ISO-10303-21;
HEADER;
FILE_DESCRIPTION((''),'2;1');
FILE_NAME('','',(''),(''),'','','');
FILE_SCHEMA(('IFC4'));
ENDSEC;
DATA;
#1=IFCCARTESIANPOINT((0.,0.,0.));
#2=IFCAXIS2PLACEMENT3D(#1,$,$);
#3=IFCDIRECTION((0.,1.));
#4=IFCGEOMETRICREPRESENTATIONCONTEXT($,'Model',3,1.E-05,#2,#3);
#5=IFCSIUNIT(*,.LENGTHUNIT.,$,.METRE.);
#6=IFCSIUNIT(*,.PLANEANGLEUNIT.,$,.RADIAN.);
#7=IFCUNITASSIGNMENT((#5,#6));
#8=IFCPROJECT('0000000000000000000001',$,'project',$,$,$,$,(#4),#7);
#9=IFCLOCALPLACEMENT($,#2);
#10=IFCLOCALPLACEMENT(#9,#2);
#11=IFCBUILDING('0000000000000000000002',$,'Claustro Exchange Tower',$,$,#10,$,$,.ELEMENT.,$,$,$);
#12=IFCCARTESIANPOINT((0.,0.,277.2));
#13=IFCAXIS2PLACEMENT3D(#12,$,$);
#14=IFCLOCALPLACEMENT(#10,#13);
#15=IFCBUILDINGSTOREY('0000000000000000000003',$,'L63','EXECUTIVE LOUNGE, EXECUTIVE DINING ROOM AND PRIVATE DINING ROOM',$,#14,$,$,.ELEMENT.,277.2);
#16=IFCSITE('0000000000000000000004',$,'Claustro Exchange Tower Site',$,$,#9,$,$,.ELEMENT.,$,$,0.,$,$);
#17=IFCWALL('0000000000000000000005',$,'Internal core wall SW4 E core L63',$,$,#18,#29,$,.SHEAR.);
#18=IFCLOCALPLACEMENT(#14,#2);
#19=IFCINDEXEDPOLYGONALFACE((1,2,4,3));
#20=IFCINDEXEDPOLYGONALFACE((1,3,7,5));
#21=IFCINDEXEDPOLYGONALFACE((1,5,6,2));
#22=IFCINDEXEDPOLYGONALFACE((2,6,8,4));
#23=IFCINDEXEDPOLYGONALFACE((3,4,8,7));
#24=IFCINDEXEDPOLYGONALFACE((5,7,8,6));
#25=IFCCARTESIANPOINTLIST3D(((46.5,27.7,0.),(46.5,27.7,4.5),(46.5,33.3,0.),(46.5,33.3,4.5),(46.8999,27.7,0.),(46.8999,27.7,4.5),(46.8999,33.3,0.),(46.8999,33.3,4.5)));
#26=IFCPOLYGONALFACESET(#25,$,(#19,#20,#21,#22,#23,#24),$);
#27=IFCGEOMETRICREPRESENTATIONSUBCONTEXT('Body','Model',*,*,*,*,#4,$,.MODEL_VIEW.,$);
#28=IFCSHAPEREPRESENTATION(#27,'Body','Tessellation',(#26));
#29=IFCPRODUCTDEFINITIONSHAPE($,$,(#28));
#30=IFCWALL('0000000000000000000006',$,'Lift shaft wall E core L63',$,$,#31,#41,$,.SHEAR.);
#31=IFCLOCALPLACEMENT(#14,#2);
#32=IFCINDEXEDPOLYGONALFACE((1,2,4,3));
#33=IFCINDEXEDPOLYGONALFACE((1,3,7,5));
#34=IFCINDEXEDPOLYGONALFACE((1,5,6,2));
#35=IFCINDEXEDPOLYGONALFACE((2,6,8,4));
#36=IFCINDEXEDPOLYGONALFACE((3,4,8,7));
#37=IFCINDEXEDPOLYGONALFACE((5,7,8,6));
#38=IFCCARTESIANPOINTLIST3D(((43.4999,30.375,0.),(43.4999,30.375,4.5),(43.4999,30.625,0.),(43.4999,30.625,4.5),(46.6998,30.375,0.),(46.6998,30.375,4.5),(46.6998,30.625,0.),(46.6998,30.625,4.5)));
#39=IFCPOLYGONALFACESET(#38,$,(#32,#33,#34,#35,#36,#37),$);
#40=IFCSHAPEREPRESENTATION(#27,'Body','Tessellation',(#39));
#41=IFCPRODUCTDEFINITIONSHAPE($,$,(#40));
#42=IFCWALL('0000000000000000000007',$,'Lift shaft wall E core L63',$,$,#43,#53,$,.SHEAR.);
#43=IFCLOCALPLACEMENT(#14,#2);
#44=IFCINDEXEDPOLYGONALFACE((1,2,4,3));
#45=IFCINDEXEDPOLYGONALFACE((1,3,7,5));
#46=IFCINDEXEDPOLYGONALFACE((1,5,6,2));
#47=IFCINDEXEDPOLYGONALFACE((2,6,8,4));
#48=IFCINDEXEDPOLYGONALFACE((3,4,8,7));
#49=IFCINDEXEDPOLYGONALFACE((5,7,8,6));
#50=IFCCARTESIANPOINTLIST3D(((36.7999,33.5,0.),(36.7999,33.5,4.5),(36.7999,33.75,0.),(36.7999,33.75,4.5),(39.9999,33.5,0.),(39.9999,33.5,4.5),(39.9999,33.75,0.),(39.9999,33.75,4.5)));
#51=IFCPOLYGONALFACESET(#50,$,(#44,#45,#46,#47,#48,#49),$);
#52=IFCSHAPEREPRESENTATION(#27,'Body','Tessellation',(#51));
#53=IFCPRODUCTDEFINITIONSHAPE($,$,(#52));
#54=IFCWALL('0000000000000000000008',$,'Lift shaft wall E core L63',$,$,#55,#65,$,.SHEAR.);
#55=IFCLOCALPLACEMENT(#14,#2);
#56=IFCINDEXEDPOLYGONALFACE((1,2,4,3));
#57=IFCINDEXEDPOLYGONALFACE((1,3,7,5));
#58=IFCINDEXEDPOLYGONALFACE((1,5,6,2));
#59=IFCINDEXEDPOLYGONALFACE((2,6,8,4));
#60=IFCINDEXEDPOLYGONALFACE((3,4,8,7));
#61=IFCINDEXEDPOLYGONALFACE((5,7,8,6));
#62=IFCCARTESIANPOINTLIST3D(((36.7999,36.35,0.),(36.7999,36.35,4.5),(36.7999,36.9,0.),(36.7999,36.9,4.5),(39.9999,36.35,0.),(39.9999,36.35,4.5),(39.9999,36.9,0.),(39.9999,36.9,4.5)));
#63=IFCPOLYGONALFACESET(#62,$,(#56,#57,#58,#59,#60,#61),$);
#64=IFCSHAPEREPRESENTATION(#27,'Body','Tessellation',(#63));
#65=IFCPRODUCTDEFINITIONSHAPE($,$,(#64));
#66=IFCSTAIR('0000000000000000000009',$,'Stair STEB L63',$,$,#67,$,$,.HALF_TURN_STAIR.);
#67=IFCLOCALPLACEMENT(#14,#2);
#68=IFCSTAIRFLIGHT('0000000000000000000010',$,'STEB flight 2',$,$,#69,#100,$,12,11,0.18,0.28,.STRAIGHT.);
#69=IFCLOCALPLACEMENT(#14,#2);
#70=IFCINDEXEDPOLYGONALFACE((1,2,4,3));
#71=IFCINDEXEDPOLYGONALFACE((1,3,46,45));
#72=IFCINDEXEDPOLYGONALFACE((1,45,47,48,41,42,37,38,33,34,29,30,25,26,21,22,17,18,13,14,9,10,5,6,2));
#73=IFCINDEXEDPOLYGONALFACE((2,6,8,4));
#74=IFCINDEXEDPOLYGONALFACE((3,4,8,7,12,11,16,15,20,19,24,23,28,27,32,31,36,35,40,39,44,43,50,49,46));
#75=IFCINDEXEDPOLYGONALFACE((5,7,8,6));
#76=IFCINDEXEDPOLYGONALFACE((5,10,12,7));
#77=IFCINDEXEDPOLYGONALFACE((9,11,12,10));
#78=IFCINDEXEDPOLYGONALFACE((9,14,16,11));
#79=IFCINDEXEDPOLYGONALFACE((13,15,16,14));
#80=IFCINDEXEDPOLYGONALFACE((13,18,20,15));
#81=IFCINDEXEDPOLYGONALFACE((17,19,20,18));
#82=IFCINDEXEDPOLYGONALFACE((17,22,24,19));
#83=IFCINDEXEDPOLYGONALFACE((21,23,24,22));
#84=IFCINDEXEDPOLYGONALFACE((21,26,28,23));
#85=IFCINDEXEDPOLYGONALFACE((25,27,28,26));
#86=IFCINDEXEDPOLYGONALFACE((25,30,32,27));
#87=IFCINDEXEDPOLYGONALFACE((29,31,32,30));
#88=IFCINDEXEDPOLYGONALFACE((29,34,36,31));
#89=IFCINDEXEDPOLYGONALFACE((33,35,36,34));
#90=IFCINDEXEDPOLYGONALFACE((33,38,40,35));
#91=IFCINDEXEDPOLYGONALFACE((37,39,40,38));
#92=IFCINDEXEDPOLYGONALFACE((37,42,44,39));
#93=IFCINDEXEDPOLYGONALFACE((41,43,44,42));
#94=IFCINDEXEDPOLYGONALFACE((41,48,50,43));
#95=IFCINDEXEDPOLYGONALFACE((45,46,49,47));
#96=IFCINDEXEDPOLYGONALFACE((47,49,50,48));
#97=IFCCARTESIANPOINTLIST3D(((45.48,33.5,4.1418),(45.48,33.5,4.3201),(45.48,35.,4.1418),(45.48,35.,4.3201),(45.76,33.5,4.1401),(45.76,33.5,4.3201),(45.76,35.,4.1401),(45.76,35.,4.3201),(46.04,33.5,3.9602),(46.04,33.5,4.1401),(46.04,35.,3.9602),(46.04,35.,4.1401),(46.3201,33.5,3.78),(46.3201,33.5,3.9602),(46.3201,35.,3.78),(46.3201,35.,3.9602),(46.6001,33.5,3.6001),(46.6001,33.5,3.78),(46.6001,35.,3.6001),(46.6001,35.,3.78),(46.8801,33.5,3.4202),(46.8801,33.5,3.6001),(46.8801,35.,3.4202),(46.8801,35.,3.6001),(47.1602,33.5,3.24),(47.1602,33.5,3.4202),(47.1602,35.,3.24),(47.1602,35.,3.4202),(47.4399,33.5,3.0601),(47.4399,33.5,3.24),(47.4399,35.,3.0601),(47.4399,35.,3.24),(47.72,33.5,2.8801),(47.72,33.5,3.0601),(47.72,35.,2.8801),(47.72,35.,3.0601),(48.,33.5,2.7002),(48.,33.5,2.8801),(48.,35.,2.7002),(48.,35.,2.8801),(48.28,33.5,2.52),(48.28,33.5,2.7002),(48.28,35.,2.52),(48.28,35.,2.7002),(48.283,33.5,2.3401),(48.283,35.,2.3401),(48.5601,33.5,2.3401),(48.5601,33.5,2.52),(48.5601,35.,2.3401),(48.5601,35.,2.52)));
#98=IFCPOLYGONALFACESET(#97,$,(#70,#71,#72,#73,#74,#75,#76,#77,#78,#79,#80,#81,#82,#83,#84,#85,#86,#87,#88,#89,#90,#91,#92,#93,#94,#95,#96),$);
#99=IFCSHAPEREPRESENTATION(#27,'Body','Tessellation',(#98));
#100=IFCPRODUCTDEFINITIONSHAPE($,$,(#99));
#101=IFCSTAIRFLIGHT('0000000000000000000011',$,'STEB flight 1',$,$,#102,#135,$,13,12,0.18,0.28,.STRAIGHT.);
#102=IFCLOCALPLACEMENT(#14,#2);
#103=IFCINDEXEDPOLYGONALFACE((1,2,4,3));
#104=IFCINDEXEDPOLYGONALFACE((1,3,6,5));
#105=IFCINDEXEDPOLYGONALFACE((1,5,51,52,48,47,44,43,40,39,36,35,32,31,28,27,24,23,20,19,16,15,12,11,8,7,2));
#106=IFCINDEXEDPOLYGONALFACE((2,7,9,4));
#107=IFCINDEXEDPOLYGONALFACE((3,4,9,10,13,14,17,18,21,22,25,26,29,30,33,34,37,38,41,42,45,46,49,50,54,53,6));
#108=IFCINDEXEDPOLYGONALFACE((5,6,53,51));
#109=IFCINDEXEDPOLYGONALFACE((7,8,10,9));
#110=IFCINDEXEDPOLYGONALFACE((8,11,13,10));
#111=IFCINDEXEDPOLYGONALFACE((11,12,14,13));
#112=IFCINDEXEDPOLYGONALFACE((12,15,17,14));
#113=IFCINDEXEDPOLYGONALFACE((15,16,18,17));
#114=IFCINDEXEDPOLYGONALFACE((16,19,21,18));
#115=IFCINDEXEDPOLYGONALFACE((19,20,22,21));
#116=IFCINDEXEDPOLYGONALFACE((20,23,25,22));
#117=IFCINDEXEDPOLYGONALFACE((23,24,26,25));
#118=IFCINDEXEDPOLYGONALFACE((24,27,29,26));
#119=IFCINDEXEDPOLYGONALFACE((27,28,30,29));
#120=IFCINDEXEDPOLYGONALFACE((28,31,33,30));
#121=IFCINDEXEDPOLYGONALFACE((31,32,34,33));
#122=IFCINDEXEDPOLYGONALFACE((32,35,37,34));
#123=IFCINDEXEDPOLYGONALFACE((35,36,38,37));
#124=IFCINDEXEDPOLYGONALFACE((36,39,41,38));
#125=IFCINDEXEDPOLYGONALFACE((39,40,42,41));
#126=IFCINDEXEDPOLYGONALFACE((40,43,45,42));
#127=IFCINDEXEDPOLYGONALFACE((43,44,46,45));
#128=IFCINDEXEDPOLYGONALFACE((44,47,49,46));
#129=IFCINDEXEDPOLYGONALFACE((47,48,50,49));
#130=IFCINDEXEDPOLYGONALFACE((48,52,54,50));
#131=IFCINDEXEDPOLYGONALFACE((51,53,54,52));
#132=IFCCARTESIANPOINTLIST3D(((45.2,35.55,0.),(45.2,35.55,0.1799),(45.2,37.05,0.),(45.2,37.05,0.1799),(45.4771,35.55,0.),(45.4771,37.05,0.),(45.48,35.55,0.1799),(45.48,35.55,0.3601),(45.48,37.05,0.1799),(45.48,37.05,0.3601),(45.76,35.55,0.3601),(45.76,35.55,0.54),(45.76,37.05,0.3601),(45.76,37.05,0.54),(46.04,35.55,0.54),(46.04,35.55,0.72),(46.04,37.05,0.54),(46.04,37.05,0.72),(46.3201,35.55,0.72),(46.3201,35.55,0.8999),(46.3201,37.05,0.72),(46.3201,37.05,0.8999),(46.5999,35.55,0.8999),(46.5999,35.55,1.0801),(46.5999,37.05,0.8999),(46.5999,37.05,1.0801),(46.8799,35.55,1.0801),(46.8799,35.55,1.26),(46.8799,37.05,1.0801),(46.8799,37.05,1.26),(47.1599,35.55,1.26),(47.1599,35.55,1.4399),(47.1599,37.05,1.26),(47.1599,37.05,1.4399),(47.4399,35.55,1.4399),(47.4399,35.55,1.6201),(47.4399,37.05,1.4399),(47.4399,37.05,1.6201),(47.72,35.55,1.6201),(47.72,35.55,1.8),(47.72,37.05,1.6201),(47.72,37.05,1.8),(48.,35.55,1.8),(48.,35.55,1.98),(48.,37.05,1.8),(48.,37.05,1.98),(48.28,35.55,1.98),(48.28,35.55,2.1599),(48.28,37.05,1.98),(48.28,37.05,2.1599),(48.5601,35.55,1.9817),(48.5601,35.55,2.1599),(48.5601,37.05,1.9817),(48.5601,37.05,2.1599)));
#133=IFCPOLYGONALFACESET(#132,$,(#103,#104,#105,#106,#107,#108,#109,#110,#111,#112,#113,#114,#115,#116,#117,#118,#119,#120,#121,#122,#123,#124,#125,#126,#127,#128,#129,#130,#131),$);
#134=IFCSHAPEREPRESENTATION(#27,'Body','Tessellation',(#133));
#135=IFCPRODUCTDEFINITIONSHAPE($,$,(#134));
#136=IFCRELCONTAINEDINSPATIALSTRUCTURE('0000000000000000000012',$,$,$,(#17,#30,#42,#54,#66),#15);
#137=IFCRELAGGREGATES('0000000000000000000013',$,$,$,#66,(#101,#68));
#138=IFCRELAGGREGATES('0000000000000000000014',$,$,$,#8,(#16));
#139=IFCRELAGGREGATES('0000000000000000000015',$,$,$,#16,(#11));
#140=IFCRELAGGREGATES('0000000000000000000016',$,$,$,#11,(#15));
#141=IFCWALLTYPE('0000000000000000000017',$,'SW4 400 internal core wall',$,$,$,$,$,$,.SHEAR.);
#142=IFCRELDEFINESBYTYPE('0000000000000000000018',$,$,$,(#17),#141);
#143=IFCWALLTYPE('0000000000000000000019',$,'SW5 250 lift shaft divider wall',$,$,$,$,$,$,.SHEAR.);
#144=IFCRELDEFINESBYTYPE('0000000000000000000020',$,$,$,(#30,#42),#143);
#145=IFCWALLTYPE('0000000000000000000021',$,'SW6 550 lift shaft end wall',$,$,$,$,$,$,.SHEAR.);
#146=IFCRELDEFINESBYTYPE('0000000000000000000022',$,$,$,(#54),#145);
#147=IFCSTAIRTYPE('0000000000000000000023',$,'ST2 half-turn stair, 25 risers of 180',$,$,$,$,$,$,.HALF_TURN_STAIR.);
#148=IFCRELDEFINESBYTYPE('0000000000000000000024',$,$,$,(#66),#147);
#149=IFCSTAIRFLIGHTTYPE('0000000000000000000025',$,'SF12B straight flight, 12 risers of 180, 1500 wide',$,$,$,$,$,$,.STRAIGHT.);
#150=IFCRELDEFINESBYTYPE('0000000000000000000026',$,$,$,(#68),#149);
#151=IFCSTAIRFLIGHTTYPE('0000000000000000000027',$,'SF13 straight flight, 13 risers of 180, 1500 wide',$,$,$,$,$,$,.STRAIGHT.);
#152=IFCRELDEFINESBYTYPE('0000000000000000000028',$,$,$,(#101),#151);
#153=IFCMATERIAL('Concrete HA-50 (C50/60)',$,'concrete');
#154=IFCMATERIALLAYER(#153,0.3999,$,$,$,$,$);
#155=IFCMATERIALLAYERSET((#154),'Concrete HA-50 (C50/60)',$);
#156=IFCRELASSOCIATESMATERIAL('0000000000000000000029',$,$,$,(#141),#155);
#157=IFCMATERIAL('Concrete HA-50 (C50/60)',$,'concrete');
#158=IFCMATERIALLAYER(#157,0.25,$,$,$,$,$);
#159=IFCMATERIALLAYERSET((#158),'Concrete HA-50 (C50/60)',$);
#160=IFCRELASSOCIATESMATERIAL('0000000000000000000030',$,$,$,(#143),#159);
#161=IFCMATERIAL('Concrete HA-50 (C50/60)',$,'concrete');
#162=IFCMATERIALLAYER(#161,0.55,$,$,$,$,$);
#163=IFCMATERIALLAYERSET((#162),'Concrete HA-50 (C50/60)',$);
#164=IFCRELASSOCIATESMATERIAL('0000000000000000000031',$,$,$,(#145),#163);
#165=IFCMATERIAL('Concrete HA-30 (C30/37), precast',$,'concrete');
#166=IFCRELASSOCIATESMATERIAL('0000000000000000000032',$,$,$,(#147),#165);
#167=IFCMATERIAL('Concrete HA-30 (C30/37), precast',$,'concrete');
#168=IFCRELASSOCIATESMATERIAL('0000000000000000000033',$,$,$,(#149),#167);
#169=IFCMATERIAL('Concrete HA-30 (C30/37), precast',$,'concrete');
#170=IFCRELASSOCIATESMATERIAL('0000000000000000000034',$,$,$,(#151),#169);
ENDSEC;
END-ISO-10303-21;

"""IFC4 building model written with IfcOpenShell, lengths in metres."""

from ifc_helpers import new_model, si_unit, direction, frame, frame_2d, origin, place, context, subcontext, project, spatial, polyline, rectangle, outline, extrude, material, layer, layer_set, type_object, element, aggregate, save


model = new_model("IFC4")

# Units and contexts
model_context = context("Model", 3, precision=1e-05, world=origin(), true_north=direction((0.0, 1.0)))
body_context = subcontext(model_context, "Body", "Model", "MODEL_VIEW")
ifc_project = project(units=[si_unit("LENGTHUNIT", "METRE"), si_unit("PLANEANGLEUNIT", "RADIAN")], contexts=[model_context])

# Site, building, storey
site_placement = place(None, origin())
site = spatial("IfcSite", under=ifc_project, at=site_placement, Name="Claustro Exchange Tower Site", CompositionType="ELEMENT", RefElevation=0.0)
building_placement = place(site_placement, origin())
building = spatial("IfcBuilding", under=site, at=building_placement, Name="Claustro Exchange Tower", CompositionType="ELEMENT")
storey_placement = place(building_placement, frame((0.0, 0.0, 277.2)))
storey = spatial("IfcBuildingStorey", under=building, at=storey_placement, Name="L63", Description="EXECUTIVE LOUNGE, EXECUTIVE DINING ROOM AND PRIVATE DINING ROOM", CompositionType="ELEMENT", Elevation=277.2)

# Walls
ifc_material_1 = material(Name="Concrete HA-50 (C50/60)", Category="concrete")
ifc_layer_1 = layer(ifc_material_1, 0.3999)
ifc_layer_set_1 = layer_set([ifc_layer_1], Name="Concrete HA-50 (C50/60)")
wall_type_1 = type_object("IfcWallType", Name="SW4 400 internal core wall", PredefinedType="SHEAR", material=ifc_layer_set_1)
wall_1_placement = place(storey_placement, frame((46.7, 27.7, 0.0), z_axis=(0.0, 0.0, 1.0), x_axis=(0.0, 1.0, 0.0)))
element("IfcWall", 1, at=wall_1_placement, inside=storey, type_object=wall_type_1, Name="Internal core wall SW4 E core L63", PredefinedType="SHEAR", context=body_context, shape_type="SweptSolid", body=[
    extrude(rectangle(XDim=5.6001, YDim=0.3999, at=frame_2d((2.8, 0.0))), origin(), (0.0, 0.0, 1.0), 4.5),
])
ifc_material_2 = material(Name="Concrete HA-50 (C50/60)", Category="concrete")
ifc_layer_2 = layer(ifc_material_2, 0.25)
ifc_layer_set_2 = layer_set([ifc_layer_2], Name="Concrete HA-50 (C50/60)")
wall_type_2 = type_object("IfcWallType", Name="SW5 250 lift shaft divider wall", PredefinedType="SHEAR", material=ifc_layer_set_2)
for number, where, z_axis, x_axis, name in (
    (2, (46.7, 30.5, 0.0), (0.0, 0.0, 1.0), (-1.0, 0.0, 0.0), "Lift shaft wall E core L63"),
    (3, (40.0, 33.625, 0.0), (0.0, 0.0, 1.0), (-1.0, 0.0, 0.0), "Lift shaft wall E core L63"),
):
    element("IfcWall", number, at=place(storey_placement, frame(where, z_axis=z_axis, x_axis=x_axis)), inside=storey, type_object=wall_type_2, Name=name, PredefinedType="SHEAR", context=body_context, shape_type="SweptSolid", body=[
        extrude(rectangle(XDim=3.2, YDim=0.25, at=frame_2d((1.6001, 0.0))), origin(), (0.0, 0.0, 1.0), 4.5),
    ])
ifc_material_3 = material(Name="Concrete HA-50 (C50/60)", Category="concrete")
ifc_layer_3 = layer(ifc_material_3, 0.55)
ifc_layer_set_3 = layer_set([ifc_layer_3], Name="Concrete HA-50 (C50/60)")
wall_type_3 = type_object("IfcWallType", Name="SW6 550 lift shaft end wall", PredefinedType="SHEAR", material=ifc_layer_set_3)
wall_2_placement = place(storey_placement, frame((40.0, 36.625, 0.0), z_axis=(0.0, 0.0, 1.0), x_axis=(-1.0, 0.0, 0.0)))
element("IfcWall", 4, at=wall_2_placement, inside=storey, type_object=wall_type_3, Name="Lift shaft wall E core L63", PredefinedType="SHEAR", context=body_context, shape_type="SweptSolid", body=[
    extrude(rectangle(XDim=3.2, YDim=0.55, at=frame_2d((1.6001, 0.0))), origin(), (0.0, 0.0, 1.0), 4.5),
])

# Stair, stair flights
ifc_material_4 = material(Name="Concrete HA-30 (C30/37), precast", Category="concrete")
stair_type = type_object("IfcStairType", Name="ST2 half-turn stair, 25 risers of 180", PredefinedType="HALF_TURN_STAIR", material=ifc_material_4)
stair_placement = place(storey_placement, origin())
stair = element("IfcStair", 5, at=stair_placement, inside=storey, type_object=stair_type, Name="Stair STEB L63", PredefinedType="HALF_TURN_STAIR")
ifc_material_5 = material(Name="Concrete HA-30 (C30/37), precast", Category="concrete")
stair_flight_type_1 = type_object("IfcStairFlightType", Name="SF12B straight flight, 12 risers of 180, 1500 wide", PredefinedType="STRAIGHT", material=ifc_material_5)
stair_flight_1_placement = place(storey_placement, frame((48.5601, 34.25, 2.3401), z_axis=(0.0, 0.0, 1.0), x_axis=(-1.0, 0.0, 0.0)))
stair_flight_1 = element("IfcStairFlight", 6, at=stair_flight_1_placement, type_object=stair_flight_type_1, Name="STEB flight 2", NumberOfRisers=12, NumberOfTreads=11, PredefinedType="STRAIGHT", RiserHeight=0.18, TreadLength=0.28, context=body_context, shape_type="SweptSolid", body=[
    extrude(outline(polyline([(0.0, 0.0), (0.0, 0.1799), (0.28, 0.1799), (0.28, 0.3601), (0.5601, 0.3601), (0.5601, 0.54), (0.8401, 0.54), (0.8401, 0.72), (1.1201, 0.72), (1.1201, 0.8999), (1.3999, 0.8999), (1.3999, 1.0801), (1.6799, 1.0801), (1.6799, 1.26), (1.96, 1.26), (1.96, 1.4399), (2.24, 1.4399), (2.24, 1.6201), (2.52, 1.6201), (2.52, 1.8), (2.8, 1.8), (2.8, 1.98), (3.0801, 1.98), (3.0801, 2.1599), (3.0801, 1.8018), (0.2771, 0.0), (0.0, 0.0)])), frame((0.0, 0.75, 0.0), z_axis=(0.0, -1.0, 0.0), x_axis=(1.0, 0.0, 0.0)), (0.0, 0.0, 1.0), 1.5),
])
ifc_material_6 = material(Name="Concrete HA-30 (C30/37), precast", Category="concrete")
stair_flight_type_2 = type_object("IfcStairFlightType", Name="SF13 straight flight, 13 risers of 180, 1500 wide", PredefinedType="STRAIGHT", material=ifc_material_6)
stair_flight_2_placement = place(storey_placement, frame((45.2, 36.3, 0.0), z_axis=(0.0, 0.0, 1.0), x_axis=(1.0, 0.0, 0.0)))
stair_flight_2 = element("IfcStairFlight", 7, at=stair_flight_2_placement, type_object=stair_flight_type_2, Name="STEB flight 1", NumberOfRisers=13, NumberOfTreads=12, PredefinedType="STRAIGHT", RiserHeight=0.18, TreadLength=0.28, context=body_context, shape_type="SweptSolid", body=[
    extrude(outline(polyline([(0.0, 0.0), (0.0, 0.1799), (0.28, 0.1799), (0.28, 0.3601), (0.5601, 0.3601), (0.5601, 0.54), (0.8401, 0.54), (0.8401, 0.72), (1.1201, 0.72), (1.1201, 0.8999), (1.3999, 0.8999), (1.3999, 1.0801), (1.6799, 1.0801), (1.6799, 1.26), (1.96, 1.26), (1.96, 1.4399), (2.24, 1.4399), (2.24, 1.6201), (2.52, 1.6201), (2.52, 1.8), (2.8, 1.8), (2.8, 1.98), (3.0801, 1.98), (3.0801, 2.1599), (3.3601, 2.1599), (3.3601, 2.3401), (3.3601, 1.9817), (0.2771, 0.0), (0.0, 0.0)])), frame((0.0, 0.75, 0.0), z_axis=(0.0, -1.0, 0.0), x_axis=(1.0, 0.0, 0.0)), (0.0, 0.0, 1.0), 1.5),
])
aggregate(stair, [stair_flight_2, stair_flight_1])

save(model, "model.ifc")
